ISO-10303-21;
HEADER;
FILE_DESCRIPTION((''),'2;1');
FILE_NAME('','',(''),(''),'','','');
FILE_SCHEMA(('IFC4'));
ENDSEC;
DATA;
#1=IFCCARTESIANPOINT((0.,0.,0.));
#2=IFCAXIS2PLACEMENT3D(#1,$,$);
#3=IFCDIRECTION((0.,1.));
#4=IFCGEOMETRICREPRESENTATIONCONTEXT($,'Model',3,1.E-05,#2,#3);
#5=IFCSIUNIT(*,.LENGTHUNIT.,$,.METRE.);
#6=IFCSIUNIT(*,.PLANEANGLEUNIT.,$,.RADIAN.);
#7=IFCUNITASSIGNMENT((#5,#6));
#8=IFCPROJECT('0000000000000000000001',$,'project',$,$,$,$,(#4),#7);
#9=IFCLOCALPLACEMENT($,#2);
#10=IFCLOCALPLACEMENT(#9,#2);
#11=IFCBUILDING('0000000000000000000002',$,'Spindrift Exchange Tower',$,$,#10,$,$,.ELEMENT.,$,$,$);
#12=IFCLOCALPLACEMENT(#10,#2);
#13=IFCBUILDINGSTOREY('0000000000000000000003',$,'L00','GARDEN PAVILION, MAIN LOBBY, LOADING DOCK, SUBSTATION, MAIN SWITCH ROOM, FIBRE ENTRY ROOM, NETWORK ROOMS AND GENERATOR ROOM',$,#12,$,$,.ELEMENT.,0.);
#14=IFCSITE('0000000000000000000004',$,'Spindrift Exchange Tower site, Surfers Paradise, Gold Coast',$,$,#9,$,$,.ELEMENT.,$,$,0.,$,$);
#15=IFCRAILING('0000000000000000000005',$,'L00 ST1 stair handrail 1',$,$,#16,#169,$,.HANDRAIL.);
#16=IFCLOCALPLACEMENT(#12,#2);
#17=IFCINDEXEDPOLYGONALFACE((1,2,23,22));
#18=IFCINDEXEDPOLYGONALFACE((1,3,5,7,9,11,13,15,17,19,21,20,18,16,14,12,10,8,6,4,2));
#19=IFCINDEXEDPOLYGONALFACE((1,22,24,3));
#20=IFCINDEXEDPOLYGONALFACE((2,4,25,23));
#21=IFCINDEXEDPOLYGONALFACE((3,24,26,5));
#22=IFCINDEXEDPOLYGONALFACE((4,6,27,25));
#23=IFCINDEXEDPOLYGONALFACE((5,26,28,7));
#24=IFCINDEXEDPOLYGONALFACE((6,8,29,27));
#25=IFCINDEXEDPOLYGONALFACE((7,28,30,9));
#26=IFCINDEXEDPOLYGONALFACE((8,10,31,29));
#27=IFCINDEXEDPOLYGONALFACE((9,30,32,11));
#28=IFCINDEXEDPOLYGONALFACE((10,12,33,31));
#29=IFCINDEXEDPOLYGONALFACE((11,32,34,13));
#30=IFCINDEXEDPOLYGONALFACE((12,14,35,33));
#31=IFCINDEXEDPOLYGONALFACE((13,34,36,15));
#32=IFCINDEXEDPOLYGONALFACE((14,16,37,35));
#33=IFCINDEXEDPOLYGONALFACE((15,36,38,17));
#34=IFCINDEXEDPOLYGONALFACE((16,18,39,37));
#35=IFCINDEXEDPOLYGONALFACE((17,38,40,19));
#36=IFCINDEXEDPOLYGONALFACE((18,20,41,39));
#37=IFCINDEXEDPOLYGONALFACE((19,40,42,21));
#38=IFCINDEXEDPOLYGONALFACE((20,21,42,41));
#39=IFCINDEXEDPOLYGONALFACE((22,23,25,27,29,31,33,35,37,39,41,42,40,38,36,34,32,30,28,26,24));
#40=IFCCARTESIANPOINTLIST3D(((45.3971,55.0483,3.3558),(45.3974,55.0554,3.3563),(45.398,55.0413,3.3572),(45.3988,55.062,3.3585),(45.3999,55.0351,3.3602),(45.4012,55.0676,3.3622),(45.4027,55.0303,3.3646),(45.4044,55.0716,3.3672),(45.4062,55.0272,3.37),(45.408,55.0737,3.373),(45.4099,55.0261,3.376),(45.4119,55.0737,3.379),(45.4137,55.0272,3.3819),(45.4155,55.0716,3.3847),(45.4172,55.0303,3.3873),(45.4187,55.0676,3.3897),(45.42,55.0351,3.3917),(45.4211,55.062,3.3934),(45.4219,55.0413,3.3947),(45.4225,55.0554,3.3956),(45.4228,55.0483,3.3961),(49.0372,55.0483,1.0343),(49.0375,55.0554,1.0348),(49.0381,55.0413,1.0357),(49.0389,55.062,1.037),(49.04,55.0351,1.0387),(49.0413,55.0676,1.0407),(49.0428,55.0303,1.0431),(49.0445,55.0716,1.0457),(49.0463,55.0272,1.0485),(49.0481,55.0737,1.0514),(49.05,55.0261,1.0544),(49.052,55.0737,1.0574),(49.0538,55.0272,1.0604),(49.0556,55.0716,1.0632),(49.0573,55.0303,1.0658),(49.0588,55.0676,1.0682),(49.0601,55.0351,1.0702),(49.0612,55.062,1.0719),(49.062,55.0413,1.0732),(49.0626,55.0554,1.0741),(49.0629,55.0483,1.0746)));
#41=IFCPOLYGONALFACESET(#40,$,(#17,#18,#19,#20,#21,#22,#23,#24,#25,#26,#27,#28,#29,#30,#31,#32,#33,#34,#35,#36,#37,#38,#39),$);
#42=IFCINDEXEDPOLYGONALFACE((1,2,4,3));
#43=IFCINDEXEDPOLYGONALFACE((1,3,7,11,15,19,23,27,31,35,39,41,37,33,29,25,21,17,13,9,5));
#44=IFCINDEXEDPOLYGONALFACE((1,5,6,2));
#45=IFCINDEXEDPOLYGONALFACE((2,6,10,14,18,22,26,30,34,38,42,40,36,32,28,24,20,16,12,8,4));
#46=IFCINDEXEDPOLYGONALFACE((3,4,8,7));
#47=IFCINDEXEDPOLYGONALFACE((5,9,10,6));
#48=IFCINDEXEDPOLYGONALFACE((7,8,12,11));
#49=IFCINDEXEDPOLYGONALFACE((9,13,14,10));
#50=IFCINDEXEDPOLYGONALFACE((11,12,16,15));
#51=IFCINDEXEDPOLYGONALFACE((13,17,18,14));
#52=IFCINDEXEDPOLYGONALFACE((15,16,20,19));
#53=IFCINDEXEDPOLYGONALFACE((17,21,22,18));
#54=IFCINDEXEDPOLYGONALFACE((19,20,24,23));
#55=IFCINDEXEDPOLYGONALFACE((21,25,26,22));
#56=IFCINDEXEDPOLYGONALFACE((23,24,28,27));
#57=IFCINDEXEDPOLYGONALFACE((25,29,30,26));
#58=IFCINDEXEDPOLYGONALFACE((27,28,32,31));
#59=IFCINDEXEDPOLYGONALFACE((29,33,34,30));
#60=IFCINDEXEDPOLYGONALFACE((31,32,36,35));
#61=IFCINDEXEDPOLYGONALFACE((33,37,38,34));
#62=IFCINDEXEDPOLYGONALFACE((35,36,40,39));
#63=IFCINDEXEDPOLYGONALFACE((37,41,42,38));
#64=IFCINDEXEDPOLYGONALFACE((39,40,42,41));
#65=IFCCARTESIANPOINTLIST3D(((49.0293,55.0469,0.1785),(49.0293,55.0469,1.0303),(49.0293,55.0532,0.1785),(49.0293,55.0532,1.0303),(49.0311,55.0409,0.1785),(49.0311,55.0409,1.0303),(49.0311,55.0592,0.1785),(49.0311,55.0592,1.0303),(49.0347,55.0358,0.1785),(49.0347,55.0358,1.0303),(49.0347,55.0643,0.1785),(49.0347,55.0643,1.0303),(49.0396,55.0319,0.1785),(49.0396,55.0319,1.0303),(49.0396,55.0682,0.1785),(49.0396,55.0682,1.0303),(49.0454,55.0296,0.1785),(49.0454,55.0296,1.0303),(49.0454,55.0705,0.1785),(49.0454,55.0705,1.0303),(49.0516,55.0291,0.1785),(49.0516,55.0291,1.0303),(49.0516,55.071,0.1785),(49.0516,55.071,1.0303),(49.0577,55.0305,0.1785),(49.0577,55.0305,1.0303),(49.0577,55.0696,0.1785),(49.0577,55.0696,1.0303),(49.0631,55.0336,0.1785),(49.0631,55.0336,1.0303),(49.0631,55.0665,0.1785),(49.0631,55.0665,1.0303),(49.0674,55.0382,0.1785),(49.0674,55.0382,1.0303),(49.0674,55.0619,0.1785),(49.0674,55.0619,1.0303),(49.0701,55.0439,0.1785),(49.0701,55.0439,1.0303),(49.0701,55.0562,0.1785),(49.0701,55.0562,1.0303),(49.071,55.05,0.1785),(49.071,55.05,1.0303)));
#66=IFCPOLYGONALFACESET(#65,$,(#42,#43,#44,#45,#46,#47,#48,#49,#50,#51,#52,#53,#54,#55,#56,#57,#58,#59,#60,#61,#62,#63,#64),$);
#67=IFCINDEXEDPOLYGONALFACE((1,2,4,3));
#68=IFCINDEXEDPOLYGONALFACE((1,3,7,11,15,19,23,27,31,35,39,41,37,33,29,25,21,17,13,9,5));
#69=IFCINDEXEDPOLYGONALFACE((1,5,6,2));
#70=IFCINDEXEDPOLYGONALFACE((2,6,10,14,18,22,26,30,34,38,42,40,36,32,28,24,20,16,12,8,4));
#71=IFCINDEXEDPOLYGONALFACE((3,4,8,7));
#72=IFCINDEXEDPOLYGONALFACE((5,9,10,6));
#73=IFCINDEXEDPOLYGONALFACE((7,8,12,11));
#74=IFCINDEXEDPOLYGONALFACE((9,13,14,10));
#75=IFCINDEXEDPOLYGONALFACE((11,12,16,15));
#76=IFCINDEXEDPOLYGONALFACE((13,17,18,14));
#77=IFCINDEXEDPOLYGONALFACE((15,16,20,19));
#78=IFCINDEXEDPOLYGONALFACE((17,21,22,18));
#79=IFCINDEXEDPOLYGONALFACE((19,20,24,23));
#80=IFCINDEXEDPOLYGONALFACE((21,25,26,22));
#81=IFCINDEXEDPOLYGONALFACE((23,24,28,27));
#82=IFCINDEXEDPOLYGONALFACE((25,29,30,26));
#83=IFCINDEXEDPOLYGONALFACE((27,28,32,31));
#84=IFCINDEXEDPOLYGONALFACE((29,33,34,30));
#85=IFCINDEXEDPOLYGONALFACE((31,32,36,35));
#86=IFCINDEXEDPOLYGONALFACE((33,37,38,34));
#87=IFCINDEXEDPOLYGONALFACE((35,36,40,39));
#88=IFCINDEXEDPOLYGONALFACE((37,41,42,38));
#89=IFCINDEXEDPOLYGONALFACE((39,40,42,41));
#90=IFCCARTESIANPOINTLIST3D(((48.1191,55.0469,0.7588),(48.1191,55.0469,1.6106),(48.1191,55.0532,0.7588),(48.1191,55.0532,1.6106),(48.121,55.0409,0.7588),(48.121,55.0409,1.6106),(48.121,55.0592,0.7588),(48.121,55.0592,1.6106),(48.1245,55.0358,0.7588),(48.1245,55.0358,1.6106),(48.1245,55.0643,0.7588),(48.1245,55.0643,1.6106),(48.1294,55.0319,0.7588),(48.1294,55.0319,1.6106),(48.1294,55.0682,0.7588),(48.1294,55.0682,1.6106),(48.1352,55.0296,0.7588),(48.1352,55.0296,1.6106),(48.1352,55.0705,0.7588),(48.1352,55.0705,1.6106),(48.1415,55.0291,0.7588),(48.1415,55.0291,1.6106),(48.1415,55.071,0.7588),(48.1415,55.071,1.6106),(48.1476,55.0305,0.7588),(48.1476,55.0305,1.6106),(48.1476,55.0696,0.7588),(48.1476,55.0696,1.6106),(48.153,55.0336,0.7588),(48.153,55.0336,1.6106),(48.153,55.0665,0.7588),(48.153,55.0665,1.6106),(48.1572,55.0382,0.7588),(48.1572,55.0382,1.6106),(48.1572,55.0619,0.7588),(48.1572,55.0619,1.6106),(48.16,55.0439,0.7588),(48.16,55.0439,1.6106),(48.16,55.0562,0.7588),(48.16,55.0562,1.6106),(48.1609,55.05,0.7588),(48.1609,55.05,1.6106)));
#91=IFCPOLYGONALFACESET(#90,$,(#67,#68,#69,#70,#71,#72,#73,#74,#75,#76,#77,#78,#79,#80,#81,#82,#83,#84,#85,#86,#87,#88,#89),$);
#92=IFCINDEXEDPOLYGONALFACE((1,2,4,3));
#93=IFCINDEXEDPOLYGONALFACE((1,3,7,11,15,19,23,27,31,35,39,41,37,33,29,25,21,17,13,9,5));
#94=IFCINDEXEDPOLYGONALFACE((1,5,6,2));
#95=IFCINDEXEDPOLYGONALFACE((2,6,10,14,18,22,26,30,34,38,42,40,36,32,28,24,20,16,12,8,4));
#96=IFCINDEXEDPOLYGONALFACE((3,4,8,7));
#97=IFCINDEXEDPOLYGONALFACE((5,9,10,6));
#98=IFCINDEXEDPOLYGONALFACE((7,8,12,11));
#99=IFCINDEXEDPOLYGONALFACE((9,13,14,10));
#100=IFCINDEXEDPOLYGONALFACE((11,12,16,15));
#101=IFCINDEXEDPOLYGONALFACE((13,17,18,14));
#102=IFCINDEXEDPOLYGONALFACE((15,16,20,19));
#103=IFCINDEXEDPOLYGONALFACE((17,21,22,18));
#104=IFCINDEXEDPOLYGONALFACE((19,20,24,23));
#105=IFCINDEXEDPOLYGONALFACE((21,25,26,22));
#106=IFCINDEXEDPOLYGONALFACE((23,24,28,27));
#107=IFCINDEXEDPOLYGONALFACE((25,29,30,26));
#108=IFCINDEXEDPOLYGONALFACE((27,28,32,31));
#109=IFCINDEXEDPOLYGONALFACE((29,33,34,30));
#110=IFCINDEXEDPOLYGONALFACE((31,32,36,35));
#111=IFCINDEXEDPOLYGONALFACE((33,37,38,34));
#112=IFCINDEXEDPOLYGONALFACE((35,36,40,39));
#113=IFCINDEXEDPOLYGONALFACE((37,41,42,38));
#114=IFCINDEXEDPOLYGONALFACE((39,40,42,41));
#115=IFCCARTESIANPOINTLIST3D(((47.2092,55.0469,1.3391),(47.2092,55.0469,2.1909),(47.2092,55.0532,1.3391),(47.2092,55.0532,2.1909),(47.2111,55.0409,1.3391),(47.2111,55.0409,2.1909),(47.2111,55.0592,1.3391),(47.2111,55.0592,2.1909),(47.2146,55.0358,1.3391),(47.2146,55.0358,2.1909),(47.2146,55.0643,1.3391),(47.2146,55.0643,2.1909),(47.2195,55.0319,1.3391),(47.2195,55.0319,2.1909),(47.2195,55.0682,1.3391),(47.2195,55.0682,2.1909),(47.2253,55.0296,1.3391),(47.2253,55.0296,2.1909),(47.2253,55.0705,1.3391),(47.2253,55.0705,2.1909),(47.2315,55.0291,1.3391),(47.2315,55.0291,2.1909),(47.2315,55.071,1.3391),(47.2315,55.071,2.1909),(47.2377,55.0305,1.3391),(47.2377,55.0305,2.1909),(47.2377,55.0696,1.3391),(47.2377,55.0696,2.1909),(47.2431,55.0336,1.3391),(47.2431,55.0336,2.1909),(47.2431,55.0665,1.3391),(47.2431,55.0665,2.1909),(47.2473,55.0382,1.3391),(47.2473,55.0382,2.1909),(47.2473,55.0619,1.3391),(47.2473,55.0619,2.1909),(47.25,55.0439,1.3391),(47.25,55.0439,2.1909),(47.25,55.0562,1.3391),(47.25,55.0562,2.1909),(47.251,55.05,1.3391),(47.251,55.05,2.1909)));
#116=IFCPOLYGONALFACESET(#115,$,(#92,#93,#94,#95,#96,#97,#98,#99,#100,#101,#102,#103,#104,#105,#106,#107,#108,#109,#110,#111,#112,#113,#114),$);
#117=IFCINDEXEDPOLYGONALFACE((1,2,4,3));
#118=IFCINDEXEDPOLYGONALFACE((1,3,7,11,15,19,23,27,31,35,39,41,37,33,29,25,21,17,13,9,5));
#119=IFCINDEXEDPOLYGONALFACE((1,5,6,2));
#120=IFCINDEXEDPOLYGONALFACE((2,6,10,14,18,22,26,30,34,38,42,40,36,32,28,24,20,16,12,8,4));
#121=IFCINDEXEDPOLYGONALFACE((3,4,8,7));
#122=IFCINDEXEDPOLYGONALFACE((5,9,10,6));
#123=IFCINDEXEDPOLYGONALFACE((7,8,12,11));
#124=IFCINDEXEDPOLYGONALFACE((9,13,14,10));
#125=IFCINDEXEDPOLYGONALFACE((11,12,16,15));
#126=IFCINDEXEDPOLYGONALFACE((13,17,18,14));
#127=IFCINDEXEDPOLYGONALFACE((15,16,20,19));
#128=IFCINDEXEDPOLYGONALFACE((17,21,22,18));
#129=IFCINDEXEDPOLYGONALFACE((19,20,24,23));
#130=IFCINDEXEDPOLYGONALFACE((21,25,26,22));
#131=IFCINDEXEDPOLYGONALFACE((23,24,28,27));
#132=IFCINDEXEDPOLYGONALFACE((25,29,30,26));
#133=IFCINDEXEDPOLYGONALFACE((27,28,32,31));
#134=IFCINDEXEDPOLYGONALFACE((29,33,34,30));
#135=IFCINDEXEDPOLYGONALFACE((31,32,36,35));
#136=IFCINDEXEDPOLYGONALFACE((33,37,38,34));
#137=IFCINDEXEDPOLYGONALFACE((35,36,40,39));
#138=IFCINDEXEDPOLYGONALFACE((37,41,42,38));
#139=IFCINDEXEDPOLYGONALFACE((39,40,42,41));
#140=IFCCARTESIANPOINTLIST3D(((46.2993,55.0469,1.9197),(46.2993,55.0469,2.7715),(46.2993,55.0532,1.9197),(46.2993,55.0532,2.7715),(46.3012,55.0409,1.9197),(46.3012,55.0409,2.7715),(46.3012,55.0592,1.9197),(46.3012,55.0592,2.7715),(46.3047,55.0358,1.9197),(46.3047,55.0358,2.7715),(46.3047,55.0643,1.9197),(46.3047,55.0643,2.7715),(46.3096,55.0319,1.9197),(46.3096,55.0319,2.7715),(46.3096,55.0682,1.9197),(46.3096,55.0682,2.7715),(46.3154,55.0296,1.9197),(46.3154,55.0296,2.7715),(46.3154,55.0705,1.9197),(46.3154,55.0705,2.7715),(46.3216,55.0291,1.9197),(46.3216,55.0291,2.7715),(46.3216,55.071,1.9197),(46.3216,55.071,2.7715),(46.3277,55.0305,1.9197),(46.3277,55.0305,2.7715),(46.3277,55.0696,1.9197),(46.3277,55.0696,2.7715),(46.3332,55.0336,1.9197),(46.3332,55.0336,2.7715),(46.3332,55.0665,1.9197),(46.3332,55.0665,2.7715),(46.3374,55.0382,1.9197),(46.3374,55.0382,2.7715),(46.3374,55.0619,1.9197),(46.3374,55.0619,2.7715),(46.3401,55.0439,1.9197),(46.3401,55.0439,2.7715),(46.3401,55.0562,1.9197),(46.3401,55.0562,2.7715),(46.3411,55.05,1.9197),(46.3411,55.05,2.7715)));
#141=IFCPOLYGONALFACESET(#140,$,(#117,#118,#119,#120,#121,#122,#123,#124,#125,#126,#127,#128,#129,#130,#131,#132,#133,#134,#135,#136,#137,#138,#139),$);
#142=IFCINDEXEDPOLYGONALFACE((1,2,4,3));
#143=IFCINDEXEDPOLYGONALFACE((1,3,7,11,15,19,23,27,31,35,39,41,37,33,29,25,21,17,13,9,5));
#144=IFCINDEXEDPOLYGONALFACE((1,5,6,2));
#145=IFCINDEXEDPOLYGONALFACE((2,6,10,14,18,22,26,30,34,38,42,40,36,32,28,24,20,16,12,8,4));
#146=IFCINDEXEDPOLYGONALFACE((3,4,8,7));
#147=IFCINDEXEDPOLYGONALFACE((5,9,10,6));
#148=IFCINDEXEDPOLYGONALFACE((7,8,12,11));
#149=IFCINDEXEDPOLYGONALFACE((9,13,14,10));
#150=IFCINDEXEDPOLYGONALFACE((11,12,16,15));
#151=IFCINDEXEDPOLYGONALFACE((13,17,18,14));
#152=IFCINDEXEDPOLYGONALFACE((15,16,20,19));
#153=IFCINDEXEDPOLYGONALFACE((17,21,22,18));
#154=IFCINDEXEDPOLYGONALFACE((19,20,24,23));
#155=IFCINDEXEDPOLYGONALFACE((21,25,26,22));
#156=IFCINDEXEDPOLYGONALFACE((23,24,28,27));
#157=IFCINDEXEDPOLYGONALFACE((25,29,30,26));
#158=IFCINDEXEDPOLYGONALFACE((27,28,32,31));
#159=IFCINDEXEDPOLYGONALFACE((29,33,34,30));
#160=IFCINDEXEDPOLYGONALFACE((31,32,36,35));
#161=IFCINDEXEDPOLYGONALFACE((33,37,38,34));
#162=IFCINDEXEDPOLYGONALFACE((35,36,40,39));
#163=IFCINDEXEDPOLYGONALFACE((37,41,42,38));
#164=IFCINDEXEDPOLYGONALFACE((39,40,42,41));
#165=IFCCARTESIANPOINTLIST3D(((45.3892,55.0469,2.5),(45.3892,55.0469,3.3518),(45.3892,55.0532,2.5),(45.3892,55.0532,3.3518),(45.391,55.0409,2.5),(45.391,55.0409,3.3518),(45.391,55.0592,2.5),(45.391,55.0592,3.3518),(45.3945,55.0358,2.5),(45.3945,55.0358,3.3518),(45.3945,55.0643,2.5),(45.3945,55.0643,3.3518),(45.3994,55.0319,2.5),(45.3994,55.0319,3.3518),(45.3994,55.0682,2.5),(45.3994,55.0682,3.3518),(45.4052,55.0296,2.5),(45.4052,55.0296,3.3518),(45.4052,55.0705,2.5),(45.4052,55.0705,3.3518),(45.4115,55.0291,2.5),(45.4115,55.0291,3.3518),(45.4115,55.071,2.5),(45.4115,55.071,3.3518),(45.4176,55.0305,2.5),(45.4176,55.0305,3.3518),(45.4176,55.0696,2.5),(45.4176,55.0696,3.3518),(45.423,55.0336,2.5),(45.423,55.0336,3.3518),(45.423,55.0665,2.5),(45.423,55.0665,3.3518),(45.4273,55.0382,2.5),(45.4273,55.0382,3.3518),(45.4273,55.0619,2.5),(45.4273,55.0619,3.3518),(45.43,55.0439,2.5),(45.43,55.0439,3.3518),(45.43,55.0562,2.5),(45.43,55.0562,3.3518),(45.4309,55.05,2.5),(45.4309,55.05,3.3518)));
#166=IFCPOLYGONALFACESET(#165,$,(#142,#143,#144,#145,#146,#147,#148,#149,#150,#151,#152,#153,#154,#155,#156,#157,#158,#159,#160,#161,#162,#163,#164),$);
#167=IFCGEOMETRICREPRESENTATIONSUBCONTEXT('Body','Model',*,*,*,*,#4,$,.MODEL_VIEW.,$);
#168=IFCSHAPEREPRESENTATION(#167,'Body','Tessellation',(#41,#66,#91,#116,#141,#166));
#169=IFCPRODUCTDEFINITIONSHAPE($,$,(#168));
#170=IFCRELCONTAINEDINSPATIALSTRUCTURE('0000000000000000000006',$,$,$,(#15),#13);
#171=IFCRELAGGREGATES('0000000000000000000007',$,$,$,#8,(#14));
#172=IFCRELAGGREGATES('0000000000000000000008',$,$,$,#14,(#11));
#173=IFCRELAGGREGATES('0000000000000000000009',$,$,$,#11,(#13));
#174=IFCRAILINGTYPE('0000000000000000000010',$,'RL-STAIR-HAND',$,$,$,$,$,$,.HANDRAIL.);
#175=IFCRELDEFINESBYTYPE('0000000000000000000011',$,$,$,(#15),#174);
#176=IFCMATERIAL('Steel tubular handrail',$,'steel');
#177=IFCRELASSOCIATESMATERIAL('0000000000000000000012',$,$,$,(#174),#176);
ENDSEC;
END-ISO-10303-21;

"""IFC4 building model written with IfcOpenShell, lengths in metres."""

from ifc_helpers import new_model, si_unit, direction, frame, origin, origin_2d, place, context, subcontext, project, spatial, circle, extrude, material, type_object, element, save


model = new_model("IFC4")

# Units and contexts
model_context = context("Model", 3, precision=1e-05, world=origin(), true_north=direction((0.0, 1.0)))
body_context = subcontext(model_context, "Body", "Model", "MODEL_VIEW")
ifc_project = project(units=[si_unit("LENGTHUNIT", "METRE"), si_unit("PLANEANGLEUNIT", "RADIAN")], contexts=[model_context])

# Site, building, storey
site_placement = place(None, origin())
site = spatial("IfcSite", under=ifc_project, at=site_placement, Name="Spindrift Exchange Tower site, Surfers Paradise, Gold Coast", CompositionType="ELEMENT", RefElevation=0.0)
building_placement = place(site_placement, origin())
building = spatial("IfcBuilding", under=site, at=building_placement, Name="Spindrift Exchange Tower", CompositionType="ELEMENT")
storey_placement = place(building_placement, origin())
storey = spatial("IfcBuildingStorey", under=building, at=storey_placement, Name="L00", Description="GARDEN PAVILION, MAIN LOBBY, LOADING DOCK, SUBSTATION, MAIN SWITCH ROOM, FIBRE ENTRY ROOM, NETWORK ROOMS AND GENERATOR ROOM", CompositionType="ELEMENT", Elevation=0.0)

# Railing
ifc_material_1 = material(Name="Steel tubular handrail", Category="steel")
railing_type_1 = type_object("IfcRailingType", Name="RL-STAIR-HAND", PredefinedType="HANDRAIL", material=ifc_material_1)
railing_1_placement = place(storey_placement, frame((49.05, 55.05, 0.1785)))
element("IfcRailing", 1, at=railing_1_placement, inside=storey, type_object=railing_type_1, Name="L00 ST1 stair handrail 1", PredefinedType="HANDRAIL", context=body_context, shape_type="SweptSolid", body=[
    extrude(circle(Radius=0.0239, at=origin_2d()), frame((0.0, 0.0, 0.876), z_axis=(-0.843128, 0.0, 0.537713), x_axis=(0.0, -1.0, 0.0)), (0.0, 0.0, 1.0), 4.3174),
    extrude(circle(Radius=0.021, at=origin_2d()), origin(), (0.0, 0.0, 1.0), 0.8518),
    extrude(circle(Radius=0.021, at=origin_2d()), frame((-0.9102, 0.0, 0.5803)), (0.0, 0.0, 1.0), 0.8518),
    extrude(circle(Radius=0.021, at=origin_2d()), frame((-1.8201, 0.0, 1.1606)), (0.0, 0.0, 1.0), 0.8518),
    extrude(circle(Radius=0.021, at=origin_2d()), frame((-2.73, 0.0, 1.7412)), (0.0, 0.0, 1.0), 0.8518),
    extrude(circle(Radius=0.021, at=origin_2d()), frame((-3.6401, 0.0, 2.3215)), (0.0, 0.0, 1.0), 0.8518),
])

save(model, "model.ifc")
